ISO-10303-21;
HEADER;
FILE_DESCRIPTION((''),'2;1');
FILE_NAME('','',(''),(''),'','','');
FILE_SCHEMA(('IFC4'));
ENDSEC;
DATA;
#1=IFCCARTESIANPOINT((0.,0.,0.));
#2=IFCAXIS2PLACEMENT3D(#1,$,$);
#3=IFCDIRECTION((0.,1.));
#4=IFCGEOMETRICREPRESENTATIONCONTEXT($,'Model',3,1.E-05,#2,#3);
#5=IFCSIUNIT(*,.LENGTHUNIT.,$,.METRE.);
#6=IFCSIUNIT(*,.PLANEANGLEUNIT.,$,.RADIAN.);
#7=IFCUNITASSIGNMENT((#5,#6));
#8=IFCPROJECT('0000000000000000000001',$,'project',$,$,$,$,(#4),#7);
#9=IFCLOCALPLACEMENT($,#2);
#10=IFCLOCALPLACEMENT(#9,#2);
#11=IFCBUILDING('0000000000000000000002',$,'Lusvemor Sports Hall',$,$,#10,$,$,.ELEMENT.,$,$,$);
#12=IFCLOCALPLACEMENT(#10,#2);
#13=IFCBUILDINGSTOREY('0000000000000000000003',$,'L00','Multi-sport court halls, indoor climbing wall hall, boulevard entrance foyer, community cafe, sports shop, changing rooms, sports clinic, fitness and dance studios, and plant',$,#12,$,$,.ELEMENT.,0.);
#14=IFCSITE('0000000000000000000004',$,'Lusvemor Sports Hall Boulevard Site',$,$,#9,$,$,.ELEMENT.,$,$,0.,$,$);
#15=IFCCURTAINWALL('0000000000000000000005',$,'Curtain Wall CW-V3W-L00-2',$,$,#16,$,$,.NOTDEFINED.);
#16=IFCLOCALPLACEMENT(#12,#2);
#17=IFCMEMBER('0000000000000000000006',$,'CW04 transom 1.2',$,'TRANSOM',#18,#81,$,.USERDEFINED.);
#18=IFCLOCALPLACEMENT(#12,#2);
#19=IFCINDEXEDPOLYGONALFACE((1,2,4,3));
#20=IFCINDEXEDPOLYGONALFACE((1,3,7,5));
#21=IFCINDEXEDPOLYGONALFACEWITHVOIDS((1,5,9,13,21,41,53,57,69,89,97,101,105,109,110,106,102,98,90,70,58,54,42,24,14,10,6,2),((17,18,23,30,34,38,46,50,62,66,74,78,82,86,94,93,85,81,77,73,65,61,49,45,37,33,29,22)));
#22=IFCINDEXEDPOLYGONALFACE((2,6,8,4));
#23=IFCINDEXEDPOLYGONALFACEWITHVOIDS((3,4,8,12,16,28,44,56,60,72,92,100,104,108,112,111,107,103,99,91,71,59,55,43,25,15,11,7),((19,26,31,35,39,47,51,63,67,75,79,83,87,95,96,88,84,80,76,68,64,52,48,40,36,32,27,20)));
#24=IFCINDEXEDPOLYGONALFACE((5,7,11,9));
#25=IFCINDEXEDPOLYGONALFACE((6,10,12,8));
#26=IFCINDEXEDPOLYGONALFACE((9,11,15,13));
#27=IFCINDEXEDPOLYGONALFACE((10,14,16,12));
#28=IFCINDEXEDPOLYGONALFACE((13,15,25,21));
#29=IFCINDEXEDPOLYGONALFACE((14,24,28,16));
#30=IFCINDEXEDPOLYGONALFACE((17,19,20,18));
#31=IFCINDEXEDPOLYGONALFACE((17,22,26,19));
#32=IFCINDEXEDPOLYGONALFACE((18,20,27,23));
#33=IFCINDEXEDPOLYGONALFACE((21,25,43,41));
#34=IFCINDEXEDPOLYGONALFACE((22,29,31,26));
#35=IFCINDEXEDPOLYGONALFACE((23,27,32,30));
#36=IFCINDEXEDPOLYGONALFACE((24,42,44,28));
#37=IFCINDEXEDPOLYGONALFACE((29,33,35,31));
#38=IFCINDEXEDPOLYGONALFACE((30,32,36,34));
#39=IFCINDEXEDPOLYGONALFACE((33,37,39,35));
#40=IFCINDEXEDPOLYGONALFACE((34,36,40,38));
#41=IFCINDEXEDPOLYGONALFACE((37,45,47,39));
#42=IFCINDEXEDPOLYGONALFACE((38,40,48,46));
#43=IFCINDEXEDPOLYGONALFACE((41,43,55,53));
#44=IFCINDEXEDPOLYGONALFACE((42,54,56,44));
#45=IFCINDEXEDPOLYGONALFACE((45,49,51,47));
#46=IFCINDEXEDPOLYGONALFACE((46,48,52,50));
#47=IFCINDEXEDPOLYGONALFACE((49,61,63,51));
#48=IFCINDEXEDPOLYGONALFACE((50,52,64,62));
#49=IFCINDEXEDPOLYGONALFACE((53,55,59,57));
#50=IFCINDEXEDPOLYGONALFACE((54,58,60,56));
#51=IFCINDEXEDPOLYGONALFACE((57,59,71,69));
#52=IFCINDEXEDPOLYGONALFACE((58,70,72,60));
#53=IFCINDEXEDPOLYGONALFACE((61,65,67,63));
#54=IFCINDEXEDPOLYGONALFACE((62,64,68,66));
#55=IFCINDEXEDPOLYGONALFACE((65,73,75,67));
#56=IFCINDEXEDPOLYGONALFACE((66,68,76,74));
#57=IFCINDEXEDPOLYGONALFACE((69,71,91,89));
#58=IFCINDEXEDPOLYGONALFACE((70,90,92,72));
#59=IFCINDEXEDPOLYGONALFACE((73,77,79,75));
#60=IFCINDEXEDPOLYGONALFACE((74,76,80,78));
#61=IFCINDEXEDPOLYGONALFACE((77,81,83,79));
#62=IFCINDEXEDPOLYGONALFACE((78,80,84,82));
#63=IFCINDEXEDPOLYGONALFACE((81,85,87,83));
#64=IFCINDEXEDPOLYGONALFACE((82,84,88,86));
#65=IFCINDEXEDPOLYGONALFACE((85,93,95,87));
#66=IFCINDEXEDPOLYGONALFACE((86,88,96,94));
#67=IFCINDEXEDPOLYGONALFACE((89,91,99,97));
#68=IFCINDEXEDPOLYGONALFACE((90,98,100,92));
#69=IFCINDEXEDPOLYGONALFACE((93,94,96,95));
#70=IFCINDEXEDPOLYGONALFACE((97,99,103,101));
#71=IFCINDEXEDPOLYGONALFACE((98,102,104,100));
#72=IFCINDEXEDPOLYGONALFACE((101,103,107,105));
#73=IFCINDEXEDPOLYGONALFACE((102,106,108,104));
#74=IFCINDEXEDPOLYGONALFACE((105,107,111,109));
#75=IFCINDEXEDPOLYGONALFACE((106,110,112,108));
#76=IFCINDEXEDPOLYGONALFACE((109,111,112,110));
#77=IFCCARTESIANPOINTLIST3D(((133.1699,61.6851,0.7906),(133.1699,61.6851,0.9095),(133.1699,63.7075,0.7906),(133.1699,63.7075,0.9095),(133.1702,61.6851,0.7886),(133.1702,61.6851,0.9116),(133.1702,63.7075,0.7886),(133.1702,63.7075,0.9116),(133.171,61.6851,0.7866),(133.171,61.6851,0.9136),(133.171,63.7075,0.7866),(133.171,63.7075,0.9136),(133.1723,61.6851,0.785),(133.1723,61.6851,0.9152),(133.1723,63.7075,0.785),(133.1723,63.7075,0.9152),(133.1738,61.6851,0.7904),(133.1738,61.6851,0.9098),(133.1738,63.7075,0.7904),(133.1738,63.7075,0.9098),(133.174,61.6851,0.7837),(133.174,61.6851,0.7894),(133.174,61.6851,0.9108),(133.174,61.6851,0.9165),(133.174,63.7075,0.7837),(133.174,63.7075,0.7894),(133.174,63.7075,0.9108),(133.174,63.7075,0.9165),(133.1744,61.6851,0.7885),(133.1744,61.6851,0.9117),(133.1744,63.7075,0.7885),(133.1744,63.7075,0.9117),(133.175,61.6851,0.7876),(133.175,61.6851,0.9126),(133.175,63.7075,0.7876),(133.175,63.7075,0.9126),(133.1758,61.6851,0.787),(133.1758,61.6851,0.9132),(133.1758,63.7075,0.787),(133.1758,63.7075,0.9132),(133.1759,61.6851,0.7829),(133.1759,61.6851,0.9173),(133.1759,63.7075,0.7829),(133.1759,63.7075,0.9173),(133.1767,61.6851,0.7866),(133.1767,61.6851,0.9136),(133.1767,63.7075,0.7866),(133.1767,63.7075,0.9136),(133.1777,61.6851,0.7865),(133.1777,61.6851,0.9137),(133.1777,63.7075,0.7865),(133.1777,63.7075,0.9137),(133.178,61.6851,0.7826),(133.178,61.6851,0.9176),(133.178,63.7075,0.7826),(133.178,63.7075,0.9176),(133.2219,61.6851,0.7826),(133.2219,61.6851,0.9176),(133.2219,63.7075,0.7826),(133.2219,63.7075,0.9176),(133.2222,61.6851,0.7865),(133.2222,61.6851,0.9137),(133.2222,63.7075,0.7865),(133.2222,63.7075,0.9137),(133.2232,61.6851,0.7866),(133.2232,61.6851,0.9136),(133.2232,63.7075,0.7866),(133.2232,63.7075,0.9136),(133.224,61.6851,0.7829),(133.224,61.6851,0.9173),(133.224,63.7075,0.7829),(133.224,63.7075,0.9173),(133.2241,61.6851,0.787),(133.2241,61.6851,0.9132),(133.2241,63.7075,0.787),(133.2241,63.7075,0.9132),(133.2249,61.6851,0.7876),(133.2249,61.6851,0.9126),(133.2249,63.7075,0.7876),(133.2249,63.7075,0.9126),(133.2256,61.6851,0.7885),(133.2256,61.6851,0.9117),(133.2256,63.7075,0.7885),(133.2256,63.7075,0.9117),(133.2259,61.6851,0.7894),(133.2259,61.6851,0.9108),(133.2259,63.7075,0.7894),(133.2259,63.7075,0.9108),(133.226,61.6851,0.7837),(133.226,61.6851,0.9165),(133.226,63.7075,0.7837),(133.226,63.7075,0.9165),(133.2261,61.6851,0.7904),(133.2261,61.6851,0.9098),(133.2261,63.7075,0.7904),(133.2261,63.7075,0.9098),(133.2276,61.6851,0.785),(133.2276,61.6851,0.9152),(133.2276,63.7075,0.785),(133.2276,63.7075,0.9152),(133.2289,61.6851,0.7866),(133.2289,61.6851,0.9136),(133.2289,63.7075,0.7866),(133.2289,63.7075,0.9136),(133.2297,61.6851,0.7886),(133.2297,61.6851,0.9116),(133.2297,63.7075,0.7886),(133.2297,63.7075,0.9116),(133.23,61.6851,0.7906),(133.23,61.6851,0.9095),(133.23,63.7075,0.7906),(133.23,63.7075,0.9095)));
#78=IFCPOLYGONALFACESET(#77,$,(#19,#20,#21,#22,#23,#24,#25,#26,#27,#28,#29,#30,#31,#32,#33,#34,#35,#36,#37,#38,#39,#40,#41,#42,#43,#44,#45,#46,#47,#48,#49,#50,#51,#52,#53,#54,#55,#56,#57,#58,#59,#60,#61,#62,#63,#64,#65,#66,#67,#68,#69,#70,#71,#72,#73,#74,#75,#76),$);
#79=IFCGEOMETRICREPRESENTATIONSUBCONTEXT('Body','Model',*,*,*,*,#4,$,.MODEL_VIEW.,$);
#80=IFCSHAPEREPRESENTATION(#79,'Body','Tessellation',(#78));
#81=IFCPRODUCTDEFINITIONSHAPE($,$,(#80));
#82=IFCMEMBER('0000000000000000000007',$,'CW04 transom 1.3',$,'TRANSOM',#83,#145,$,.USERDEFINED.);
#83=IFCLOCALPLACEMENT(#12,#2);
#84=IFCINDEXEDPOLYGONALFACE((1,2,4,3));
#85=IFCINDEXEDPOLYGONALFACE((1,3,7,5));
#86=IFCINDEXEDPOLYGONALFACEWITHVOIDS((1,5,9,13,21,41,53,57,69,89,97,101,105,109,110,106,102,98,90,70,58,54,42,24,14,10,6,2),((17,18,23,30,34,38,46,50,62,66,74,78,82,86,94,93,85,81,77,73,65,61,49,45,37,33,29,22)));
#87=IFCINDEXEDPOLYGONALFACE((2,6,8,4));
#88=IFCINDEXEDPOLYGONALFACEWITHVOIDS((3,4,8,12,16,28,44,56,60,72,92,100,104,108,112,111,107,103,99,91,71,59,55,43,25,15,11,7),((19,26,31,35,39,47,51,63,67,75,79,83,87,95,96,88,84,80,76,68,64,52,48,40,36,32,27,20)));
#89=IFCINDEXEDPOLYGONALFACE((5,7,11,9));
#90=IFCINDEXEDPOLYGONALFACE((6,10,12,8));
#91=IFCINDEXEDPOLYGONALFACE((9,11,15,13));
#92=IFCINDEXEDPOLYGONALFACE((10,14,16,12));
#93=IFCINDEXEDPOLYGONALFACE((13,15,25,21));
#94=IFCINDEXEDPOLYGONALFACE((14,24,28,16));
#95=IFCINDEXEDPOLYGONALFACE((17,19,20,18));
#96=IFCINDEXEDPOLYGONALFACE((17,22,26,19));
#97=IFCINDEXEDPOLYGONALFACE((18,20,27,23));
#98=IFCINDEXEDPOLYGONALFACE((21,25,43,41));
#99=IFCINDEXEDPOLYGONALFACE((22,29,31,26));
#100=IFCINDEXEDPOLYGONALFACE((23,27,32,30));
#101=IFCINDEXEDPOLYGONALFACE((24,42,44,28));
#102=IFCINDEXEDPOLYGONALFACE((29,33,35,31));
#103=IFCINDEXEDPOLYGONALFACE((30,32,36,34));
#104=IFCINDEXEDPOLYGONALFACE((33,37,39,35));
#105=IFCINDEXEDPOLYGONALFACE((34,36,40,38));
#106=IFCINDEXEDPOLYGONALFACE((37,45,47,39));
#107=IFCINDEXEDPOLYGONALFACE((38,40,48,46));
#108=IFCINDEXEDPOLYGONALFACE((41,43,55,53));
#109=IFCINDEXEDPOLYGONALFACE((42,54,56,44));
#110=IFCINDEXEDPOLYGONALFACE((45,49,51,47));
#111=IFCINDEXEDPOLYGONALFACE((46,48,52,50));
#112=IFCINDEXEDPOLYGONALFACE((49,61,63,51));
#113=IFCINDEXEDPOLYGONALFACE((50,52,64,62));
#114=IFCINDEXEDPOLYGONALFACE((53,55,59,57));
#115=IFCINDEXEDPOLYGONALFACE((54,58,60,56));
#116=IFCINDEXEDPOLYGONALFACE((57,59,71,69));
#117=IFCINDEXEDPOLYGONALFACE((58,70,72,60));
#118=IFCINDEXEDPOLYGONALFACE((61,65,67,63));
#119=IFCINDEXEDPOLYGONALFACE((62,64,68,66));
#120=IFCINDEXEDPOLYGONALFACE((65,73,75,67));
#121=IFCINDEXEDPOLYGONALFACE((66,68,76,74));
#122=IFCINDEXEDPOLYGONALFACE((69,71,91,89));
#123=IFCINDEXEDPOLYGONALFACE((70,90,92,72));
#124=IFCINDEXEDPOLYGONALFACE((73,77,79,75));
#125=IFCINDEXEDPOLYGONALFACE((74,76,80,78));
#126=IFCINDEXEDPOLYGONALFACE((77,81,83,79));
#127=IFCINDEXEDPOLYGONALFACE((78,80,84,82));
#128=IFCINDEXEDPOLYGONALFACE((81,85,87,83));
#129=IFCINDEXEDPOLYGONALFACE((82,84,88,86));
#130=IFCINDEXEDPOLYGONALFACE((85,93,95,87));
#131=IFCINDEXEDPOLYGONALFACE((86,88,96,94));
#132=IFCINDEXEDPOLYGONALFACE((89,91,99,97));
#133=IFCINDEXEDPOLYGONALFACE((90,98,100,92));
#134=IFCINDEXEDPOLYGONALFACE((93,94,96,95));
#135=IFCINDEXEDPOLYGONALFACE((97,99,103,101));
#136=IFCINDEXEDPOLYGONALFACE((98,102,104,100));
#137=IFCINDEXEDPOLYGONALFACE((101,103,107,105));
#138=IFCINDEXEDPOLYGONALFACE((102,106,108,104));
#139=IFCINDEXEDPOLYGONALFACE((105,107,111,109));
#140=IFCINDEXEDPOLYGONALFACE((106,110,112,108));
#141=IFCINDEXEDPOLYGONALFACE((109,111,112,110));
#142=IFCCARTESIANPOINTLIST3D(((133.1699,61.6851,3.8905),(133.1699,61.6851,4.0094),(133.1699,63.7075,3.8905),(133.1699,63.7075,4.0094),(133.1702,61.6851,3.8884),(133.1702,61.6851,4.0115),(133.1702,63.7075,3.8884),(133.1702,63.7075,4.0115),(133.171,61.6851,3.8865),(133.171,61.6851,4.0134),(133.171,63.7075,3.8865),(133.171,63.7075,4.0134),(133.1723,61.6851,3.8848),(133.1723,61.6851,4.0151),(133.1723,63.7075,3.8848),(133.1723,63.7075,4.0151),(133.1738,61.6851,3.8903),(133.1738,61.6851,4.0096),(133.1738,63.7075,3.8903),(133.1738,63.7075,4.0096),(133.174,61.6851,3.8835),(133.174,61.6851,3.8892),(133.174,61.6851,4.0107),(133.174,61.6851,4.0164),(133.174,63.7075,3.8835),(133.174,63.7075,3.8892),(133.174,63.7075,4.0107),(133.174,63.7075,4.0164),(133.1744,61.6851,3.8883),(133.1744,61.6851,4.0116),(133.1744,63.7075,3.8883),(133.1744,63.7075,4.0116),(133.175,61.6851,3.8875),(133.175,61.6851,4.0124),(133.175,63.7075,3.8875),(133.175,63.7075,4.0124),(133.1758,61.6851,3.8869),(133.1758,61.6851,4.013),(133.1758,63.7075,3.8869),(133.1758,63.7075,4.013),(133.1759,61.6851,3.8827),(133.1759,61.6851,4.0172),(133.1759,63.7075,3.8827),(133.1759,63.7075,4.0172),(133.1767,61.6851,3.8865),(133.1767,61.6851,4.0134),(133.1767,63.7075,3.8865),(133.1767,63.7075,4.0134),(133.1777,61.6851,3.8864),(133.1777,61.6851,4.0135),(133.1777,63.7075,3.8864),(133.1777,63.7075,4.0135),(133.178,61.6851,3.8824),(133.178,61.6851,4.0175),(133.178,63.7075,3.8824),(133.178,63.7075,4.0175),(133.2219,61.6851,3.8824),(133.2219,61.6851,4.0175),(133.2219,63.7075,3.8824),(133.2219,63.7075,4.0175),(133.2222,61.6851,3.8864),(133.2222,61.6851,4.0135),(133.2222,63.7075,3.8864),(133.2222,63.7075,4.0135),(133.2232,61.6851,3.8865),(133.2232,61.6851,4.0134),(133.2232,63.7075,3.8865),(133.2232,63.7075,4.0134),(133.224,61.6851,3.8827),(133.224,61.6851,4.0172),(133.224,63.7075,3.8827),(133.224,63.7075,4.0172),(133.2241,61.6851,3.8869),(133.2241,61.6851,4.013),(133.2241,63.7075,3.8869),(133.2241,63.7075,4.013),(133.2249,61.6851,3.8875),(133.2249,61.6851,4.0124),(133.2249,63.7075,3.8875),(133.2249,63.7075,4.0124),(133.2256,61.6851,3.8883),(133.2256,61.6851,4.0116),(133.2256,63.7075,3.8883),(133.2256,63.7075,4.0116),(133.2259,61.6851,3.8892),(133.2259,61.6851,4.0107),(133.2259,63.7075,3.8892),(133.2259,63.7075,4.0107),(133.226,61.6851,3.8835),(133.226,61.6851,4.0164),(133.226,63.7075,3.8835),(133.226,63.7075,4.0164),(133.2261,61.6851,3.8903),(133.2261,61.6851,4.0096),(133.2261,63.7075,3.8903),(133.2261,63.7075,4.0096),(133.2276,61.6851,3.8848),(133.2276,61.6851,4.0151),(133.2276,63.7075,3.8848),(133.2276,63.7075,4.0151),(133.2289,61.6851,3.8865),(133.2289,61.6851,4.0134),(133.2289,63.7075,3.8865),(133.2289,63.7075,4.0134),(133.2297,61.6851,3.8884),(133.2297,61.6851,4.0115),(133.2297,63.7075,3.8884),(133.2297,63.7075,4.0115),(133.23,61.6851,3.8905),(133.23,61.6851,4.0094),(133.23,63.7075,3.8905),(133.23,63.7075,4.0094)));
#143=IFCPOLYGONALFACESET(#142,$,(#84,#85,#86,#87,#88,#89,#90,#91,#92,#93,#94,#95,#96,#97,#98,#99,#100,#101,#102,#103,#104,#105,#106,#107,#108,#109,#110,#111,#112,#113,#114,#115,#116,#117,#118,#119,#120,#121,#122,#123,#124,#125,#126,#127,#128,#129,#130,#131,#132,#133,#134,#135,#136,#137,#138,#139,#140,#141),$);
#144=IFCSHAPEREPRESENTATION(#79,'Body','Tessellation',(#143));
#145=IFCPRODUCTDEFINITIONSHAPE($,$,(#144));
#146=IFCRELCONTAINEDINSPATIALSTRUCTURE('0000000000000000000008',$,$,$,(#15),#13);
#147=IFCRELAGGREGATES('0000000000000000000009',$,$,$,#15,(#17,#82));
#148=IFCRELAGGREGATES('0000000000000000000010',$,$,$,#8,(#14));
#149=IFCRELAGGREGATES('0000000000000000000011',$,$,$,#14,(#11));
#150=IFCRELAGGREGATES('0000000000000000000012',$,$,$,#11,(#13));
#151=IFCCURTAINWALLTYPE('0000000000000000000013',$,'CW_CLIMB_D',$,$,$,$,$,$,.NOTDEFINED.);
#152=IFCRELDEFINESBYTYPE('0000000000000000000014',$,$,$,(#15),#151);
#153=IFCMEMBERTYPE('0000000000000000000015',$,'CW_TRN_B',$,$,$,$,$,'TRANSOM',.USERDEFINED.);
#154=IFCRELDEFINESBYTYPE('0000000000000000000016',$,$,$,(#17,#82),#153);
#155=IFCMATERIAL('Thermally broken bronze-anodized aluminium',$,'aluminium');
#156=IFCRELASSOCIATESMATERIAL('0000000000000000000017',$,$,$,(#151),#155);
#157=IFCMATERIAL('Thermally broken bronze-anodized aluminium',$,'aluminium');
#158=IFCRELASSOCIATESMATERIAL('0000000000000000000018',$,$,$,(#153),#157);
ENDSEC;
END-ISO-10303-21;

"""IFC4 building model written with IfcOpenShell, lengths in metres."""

from ifc_helpers import new_model, si_unit, direction, frame, origin, origin_2d, place, context, subcontext, project, spatial, hollow_rectangle, extrude, material, material_profile, profile_set, type_object, element, aggregate, save


model = new_model("IFC4")

# Units and contexts
model_context = context("Model", 3, precision=1e-05, world=origin(), true_north=direction((0.0, 1.0)))
body_context = subcontext(model_context, "Body", "Model", "MODEL_VIEW")
ifc_project = project(units=[si_unit("LENGTHUNIT", "METRE"), si_unit("PLANEANGLEUNIT", "RADIAN")], contexts=[model_context])

# Site, building, storey
site_placement = place(None, origin())
site = spatial("IfcSite", under=ifc_project, at=site_placement, Name="Lusvemor Sports Hall Boulevard Site", CompositionType="ELEMENT", RefElevation=0.0)
building_placement = place(site_placement, origin())
building = spatial("IfcBuilding", under=site, at=building_placement, Name="Lusvemor Sports Hall", CompositionType="ELEMENT")
storey_placement = place(building_placement, origin())
storey = spatial("IfcBuildingStorey", under=building, at=storey_placement, Name="L00", Description="Multi-sport court halls, indoor climbing wall hall, boulevard entrance foyer, community cafe, sports shop, changing rooms, sports clinic, fitness and dance studios, and plant", CompositionType="ELEMENT", Elevation=0.0)

# Curtain wall, members
ifc_material_1 = material(Name="Thermally broken bronze-anodized aluminium", Category="aluminium")
curtain_wall_type = type_object("IfcCurtainWallType", Name="CW_CLIMB_D", PredefinedType="NOTDEFINED", material=ifc_material_1)
curtain_wall_placement = place(storey_placement, origin())
curtain_wall = element("IfcCurtainWall", 1, at=curtain_wall_placement, inside=storey, type_object=curtain_wall_type, Name="Curtain Wall CW-V3W-L00-2", PredefinedType="NOTDEFINED")
ifc_material_2 = material(Name="Thermally broken bronze-anodized aluminium", Category="aluminium")
ifc_material_profile_1 = material_profile(ifc_material_2, hollow_rectangle(XDim=0.0601, YDim=0.135, WallThickness=0.0039, InnerFilletRadius=0.0039, OuterFilletRadius=0.0081, at=origin_2d()), Name="CWTRN135x60x4")
ifc_profile_set_1 = profile_set([ifc_material_profile_1], Name="Thermally broken bronze-anodized aluminium")
member_type_1 = type_object("IfcMemberType", Name="CW_TRN_B", ElementType="TRANSOM", PredefinedType="USERDEFINED", material=ifc_profile_set_1)
member_1_placement = place(storey_placement, frame((133.2, 61.6851, 0.8501), z_axis=(0.0, 1.0, 0.0), x_axis=(-1.0, 0.0, 0.0)))
member_1 = element("IfcMember", 2, at=member_1_placement, type_object=member_type_1, Name="CW04 transom 1.2", ObjectType="TRANSOM", PredefinedType="USERDEFINED", context=body_context, shape_type="SweptSolid", body=[
    extrude(hollow_rectangle(XDim=0.0601, YDim=0.135, WallThickness=0.0039, InnerFilletRadius=0.0039, OuterFilletRadius=0.0081, at=origin_2d()), origin(), (0.0, 0.0, 1.0), 2.0225),
])
member_2_placement = place(storey_placement, frame((133.2, 61.6851, 3.95), z_axis=(0.0, 1.0, 0.0), x_axis=(-1.0, 0.0, 0.0)))
member_2 = element("IfcMember", 3, at=member_2_placement, type_object=member_type_1, Name="CW04 transom 1.3", ObjectType="TRANSOM", PredefinedType="USERDEFINED", context=body_context, shape_type="SweptSolid", body=[
    extrude(hollow_rectangle(XDim=0.0601, YDim=0.135, WallThickness=0.0039, InnerFilletRadius=0.0039, OuterFilletRadius=0.0081, at=origin_2d()), origin(), (0.0, 0.0, 1.0), 2.0225),
])
aggregate(curtain_wall, [member_1, member_2])

save(model, "model.ifc")
